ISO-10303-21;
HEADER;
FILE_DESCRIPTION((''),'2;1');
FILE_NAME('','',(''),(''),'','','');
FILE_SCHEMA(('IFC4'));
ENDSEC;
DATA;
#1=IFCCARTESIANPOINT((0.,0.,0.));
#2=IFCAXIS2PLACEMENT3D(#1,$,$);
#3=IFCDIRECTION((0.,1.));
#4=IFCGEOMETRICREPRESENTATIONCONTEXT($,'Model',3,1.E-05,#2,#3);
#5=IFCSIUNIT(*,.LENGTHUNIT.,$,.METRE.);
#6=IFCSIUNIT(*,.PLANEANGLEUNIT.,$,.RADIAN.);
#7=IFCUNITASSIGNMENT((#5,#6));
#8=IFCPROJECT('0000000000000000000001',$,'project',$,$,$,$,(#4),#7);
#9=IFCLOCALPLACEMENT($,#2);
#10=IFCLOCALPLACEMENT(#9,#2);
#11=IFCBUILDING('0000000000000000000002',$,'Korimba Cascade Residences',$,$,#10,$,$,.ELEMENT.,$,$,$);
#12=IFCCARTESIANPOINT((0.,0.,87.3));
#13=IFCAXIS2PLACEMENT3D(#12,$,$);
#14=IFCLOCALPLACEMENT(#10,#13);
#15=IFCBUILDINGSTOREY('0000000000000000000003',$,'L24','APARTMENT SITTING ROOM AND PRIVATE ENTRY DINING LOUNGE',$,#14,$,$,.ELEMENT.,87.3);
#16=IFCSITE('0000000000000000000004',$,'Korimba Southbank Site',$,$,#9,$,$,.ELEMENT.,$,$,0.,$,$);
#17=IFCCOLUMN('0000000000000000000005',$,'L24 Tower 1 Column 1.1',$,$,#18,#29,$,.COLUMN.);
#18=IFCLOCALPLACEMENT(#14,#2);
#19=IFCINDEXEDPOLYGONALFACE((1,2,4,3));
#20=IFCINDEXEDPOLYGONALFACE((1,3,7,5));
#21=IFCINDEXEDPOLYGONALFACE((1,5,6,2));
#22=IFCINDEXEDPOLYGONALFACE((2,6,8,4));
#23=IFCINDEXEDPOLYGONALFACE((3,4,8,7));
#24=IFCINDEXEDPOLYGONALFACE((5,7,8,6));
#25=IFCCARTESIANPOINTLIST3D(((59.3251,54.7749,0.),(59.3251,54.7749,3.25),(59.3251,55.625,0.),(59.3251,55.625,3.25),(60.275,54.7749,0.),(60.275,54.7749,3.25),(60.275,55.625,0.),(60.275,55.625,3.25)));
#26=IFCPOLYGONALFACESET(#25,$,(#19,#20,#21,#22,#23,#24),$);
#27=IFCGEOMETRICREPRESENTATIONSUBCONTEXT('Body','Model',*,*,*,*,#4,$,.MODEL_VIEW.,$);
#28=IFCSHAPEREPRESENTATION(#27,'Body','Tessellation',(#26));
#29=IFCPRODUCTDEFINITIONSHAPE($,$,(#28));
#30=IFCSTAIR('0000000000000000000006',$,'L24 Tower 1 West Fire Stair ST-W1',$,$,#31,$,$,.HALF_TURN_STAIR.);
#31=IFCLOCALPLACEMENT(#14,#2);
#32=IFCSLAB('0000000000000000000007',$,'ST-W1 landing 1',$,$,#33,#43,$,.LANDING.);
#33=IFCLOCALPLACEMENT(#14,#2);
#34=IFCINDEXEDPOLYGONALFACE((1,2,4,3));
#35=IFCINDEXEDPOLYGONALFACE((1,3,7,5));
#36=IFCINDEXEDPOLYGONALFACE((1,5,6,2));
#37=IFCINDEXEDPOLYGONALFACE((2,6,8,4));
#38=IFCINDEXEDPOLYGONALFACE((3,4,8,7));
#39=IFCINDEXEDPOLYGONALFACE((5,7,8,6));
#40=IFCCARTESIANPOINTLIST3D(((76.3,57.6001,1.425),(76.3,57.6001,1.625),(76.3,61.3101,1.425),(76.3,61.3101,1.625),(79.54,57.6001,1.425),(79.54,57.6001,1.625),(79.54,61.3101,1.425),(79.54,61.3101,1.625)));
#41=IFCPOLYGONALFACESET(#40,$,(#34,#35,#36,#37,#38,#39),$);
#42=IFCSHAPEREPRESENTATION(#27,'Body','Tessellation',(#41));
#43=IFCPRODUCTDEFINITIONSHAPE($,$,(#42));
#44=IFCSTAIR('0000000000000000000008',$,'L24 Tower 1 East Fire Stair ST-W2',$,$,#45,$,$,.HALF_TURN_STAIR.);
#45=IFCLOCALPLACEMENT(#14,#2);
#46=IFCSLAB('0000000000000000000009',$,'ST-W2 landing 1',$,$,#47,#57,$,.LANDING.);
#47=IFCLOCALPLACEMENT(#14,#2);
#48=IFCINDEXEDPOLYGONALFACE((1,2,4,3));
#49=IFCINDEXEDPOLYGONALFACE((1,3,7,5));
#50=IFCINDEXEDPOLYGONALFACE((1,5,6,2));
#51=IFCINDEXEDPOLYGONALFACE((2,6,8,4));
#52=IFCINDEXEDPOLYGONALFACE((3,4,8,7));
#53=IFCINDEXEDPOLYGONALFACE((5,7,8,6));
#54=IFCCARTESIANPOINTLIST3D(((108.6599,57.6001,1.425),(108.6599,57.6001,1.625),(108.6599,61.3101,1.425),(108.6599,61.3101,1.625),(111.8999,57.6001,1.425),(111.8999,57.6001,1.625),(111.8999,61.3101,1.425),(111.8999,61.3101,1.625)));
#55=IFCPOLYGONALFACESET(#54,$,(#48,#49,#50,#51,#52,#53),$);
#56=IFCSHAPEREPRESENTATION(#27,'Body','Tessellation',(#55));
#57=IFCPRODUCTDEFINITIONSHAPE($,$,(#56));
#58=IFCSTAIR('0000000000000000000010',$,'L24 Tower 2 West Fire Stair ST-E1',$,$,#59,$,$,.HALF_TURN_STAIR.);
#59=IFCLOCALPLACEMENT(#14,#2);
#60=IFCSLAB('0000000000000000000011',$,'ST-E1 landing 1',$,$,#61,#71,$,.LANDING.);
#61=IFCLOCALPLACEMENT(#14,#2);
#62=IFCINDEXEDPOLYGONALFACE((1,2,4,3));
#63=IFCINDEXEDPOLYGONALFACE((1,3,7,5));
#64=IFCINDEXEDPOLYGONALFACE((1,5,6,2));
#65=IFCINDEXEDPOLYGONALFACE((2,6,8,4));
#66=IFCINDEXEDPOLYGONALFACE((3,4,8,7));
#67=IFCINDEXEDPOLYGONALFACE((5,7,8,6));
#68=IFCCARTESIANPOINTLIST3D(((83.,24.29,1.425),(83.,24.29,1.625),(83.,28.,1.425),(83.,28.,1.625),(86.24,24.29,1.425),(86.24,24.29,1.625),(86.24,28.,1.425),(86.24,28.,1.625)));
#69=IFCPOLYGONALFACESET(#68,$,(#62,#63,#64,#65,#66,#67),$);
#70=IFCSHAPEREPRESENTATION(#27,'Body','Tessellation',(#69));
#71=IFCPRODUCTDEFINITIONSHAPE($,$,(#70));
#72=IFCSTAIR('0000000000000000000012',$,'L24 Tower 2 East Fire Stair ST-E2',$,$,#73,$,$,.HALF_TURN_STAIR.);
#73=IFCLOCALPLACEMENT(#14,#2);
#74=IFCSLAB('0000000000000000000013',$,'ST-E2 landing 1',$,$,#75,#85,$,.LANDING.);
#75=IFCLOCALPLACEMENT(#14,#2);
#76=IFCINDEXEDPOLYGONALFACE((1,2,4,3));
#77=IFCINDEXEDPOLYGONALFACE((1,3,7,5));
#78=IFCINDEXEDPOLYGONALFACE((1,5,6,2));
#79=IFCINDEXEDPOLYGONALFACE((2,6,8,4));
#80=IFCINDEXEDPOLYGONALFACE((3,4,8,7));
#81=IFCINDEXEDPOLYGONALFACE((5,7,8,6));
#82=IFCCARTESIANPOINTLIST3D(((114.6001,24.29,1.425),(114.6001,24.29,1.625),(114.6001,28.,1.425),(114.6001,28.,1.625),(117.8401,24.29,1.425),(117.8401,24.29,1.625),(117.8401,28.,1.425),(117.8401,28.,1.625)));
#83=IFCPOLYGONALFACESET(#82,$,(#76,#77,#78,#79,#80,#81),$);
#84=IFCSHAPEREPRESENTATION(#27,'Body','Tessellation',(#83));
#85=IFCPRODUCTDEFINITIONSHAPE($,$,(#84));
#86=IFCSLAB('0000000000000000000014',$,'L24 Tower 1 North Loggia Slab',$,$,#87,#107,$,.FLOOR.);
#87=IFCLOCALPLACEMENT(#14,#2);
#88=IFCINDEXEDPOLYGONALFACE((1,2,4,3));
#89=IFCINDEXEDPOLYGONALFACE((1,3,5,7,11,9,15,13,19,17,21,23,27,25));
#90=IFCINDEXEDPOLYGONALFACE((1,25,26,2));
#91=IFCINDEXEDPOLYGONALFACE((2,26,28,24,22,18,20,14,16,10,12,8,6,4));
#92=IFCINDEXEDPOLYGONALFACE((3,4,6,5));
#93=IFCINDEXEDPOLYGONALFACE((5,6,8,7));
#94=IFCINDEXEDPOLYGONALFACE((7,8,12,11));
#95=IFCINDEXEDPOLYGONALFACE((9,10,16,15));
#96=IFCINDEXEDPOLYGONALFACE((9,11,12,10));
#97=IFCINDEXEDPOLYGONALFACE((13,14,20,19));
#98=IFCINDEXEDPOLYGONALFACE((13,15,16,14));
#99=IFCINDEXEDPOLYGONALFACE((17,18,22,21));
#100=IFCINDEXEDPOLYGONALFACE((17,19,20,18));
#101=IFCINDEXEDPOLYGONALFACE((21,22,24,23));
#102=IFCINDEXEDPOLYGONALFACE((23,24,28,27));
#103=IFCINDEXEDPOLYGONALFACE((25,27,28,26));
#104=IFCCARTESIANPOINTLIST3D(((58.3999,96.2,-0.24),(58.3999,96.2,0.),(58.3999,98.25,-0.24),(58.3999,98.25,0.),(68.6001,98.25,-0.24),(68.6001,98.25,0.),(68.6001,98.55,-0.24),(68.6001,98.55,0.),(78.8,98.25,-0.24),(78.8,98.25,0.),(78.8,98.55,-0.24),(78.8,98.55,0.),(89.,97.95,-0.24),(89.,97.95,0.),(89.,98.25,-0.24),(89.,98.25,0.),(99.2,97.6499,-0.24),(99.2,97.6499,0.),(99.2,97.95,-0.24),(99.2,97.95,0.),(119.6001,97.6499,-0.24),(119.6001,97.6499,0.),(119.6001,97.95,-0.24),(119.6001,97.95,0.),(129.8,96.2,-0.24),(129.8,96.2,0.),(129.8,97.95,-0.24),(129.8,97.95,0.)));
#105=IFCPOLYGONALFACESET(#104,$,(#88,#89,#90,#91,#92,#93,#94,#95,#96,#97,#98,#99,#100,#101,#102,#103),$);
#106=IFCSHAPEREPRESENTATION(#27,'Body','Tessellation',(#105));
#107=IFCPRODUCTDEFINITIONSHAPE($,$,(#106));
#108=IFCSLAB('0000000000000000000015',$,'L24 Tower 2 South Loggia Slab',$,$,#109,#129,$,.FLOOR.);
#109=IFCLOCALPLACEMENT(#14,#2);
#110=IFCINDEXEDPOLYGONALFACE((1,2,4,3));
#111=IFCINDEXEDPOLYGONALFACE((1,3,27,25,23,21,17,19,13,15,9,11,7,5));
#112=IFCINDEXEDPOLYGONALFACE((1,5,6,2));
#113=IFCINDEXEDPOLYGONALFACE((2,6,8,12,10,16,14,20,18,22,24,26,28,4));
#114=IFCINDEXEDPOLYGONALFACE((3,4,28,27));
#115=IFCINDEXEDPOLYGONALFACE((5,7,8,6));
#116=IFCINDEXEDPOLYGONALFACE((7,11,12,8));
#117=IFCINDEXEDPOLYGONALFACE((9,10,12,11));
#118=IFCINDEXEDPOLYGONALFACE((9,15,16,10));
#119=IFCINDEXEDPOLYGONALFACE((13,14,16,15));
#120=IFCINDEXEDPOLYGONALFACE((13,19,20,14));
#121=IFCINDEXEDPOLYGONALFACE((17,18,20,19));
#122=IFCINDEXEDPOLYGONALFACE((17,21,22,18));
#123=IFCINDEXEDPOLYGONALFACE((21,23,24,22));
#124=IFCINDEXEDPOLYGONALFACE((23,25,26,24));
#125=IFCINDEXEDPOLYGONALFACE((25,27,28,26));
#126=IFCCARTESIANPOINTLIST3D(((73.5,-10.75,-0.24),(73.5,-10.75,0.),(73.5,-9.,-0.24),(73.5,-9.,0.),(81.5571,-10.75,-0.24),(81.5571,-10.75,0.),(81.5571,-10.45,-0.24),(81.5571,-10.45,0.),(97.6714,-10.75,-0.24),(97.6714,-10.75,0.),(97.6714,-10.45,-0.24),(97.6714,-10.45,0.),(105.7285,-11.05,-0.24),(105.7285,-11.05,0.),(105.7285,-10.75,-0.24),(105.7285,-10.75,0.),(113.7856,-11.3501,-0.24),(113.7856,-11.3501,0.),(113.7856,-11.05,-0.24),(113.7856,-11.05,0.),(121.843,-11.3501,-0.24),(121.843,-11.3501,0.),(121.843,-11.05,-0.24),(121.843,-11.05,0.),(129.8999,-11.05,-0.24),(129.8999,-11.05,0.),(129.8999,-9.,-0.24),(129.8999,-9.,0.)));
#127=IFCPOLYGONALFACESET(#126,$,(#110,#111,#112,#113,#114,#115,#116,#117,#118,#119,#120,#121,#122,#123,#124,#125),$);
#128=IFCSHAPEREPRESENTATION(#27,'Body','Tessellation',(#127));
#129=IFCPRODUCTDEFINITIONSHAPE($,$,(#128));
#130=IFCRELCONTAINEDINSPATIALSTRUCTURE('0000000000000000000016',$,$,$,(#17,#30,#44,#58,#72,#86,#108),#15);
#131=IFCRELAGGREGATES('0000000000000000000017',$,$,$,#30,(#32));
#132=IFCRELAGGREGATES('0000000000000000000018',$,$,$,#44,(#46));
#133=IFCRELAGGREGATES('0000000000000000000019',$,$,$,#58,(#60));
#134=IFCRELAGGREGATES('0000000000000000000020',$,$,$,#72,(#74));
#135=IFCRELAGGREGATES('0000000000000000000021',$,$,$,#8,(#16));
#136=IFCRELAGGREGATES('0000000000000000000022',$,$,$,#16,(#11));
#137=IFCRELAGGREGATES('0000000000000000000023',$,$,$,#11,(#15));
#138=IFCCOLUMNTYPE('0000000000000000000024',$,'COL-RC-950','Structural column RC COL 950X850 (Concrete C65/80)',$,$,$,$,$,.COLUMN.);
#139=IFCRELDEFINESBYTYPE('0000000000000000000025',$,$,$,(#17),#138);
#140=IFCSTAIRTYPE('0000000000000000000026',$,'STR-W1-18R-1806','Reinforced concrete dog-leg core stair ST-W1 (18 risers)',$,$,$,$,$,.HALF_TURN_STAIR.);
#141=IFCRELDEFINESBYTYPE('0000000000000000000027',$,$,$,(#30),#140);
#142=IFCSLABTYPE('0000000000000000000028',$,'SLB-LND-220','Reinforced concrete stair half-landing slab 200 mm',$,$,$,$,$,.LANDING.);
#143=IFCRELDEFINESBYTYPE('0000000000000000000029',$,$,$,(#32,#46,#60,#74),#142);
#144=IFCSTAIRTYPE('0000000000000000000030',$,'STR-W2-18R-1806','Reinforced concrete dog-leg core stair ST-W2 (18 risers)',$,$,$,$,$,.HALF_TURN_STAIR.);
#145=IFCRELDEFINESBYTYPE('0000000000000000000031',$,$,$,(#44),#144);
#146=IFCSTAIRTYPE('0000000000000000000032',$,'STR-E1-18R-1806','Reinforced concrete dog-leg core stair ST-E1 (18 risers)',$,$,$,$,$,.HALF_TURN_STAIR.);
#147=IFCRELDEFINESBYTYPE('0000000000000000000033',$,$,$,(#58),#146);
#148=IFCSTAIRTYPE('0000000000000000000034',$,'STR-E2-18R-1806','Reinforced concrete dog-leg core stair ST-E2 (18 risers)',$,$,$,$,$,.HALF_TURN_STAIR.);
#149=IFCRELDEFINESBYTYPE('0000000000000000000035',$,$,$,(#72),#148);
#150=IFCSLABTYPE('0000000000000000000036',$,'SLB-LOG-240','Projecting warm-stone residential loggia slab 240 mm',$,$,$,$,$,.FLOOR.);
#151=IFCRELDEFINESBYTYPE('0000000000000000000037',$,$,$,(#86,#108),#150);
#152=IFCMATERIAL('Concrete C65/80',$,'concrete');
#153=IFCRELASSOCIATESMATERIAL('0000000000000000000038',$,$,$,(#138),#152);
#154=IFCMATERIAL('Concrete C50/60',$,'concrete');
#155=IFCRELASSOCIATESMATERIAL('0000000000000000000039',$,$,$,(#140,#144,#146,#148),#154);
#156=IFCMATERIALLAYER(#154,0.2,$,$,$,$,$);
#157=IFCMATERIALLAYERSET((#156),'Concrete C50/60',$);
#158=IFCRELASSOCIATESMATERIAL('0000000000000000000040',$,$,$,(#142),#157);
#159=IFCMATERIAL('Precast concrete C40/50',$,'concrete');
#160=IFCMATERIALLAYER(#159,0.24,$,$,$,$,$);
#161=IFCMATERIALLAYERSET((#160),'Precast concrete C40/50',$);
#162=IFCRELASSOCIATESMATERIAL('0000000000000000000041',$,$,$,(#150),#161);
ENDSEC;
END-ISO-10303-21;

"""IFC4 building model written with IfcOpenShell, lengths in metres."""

from ifc_helpers import new_model, si_unit, direction, frame, origin, origin_2d, place, context, subcontext, project, spatial, polyline, rectangle, outline, extrude, material, layer, layer_set, material_profile, profile_set, type_object, element, aggregate, save


model = new_model("IFC4")

# Units and contexts
model_context = context("Model", 3, precision=1e-05, world=origin(), true_north=direction((0.0, 1.0)))
body_context = subcontext(model_context, "Body", "Model", "MODEL_VIEW")
ifc_project = project(units=[si_unit("LENGTHUNIT", "METRE"), si_unit("PLANEANGLEUNIT", "RADIAN")], contexts=[model_context])

# Site, building, storey
site_placement = place(None, origin())
site = spatial("IfcSite", under=ifc_project, at=site_placement, Name="Korimba Southbank Site", CompositionType="ELEMENT", RefElevation=0.0)
building_placement = place(site_placement, origin())
building = spatial("IfcBuilding", under=site, at=building_placement, Name="Korimba Cascade Residences", CompositionType="ELEMENT")
storey_placement = place(building_placement, frame((0.0, 0.0, 87.3)))
storey = spatial("IfcBuildingStorey", under=building, at=storey_placement, Name="L24", Description="APARTMENT SITTING ROOM AND PRIVATE ENTRY DINING LOUNGE", CompositionType="ELEMENT", Elevation=87.3)

# Column
ifc_material_1 = material(Name="Concrete C65/80", Category="concrete")
ifc_material_profile = material_profile(ifc_material_1, rectangle(XDim=0.95, YDim=0.8501, at=origin_2d()), Name="Concrete C65/80")
ifc_profile_set = profile_set([ifc_material_profile], Name="Concrete C65/80")
column_type = type_object("IfcColumnType", Name="COL-RC-950", Description="Structural column RC COL 950X850 (Concrete C65/80)", PredefinedType="COLUMN", material=ifc_profile_set)
column_placement = place(storey_placement, frame((59.8, 55.2, 0.0), z_axis=(0.0, 0.0, 1.0), x_axis=(1.0, 0.0, 0.0)))
element("IfcColumn", 1, at=column_placement, inside=storey, type_object=column_type, Name="L24 Tower 1 Column 1.1", PredefinedType="COLUMN", context=body_context, shape_type="SweptSolid", body=[
    extrude(rectangle(XDim=0.95, YDim=0.8501, at=origin_2d()), origin(), (0.0, 0.0, 1.0), 3.25),
])

# Stairs, slabs
ifc_material_2 = material(Name="Concrete C50/60", Category="concrete")
stair_type_1 = type_object("IfcStairType", Name="STR-W1-18R-1806", Description="Reinforced concrete dog-leg core stair ST-W1 (18 risers)", PredefinedType="HALF_TURN_STAIR", material=ifc_material_2)
stair_1_placement = place(storey_placement, origin())
stair_1 = element("IfcStair", 2, at=stair_1_placement, inside=storey, type_object=stair_type_1, Name="L24 Tower 1 West Fire Stair ST-W1", PredefinedType="HALF_TURN_STAIR")
ifc_layer_1 = layer(ifc_material_2, 0.2)
ifc_layer_set_1 = layer_set([ifc_layer_1], Name="Concrete C50/60")
slab_type_1 = type_object("IfcSlabType", Name="SLB-LND-220", Description="Reinforced concrete stair half-landing slab 200 mm", PredefinedType="LANDING", material=ifc_layer_set_1)
slab_1_placement = place(storey_placement, frame((0.0, 0.0, 1.425)))
slab_1 = element("IfcSlab", 3, at=slab_1_placement, type_object=slab_type_1, Name="ST-W1 landing 1", PredefinedType="LANDING", context=body_context, shape_type="SweptSolid", body=[
    extrude(outline(polyline([(76.3, 61.3101), (76.3, 57.6001), (79.54, 57.6001), (79.54, 61.3101), (76.3, 61.3101)])), origin(), (0.0, 0.0, 1.0), 0.2),
])
aggregate(stair_1, [slab_1])
stair_type_2 = type_object("IfcStairType", Name="STR-W2-18R-1806", Description="Reinforced concrete dog-leg core stair ST-W2 (18 risers)", PredefinedType="HALF_TURN_STAIR", material=ifc_material_2)
stair_2_placement = place(storey_placement, origin())
stair_2 = element("IfcStair", 4, at=stair_2_placement, inside=storey, type_object=stair_type_2, Name="L24 Tower 1 East Fire Stair ST-W2", PredefinedType="HALF_TURN_STAIR")
slab_2_placement = place(storey_placement, frame((0.0, 0.0, 1.425)))
slab_2 = element("IfcSlab", 5, at=slab_2_placement, type_object=slab_type_1, Name="ST-W2 landing 1", PredefinedType="LANDING", context=body_context, shape_type="SweptSolid", body=[
    extrude(outline(polyline([(108.6599, 61.3101), (108.6599, 57.6001), (111.8999, 57.6001), (111.8999, 61.3101), (108.6599, 61.3101)])), origin(), (0.0, 0.0, 1.0), 0.2),
])
aggregate(stair_2, [slab_2])
stair_type_3 = type_object("IfcStairType", Name="STR-E1-18R-1806", Description="Reinforced concrete dog-leg core stair ST-E1 (18 risers)", PredefinedType="HALF_TURN_STAIR", material=ifc_material_2)
stair_3_placement = place(storey_placement, origin())
stair_3 = element("IfcStair", 6, at=stair_3_placement, inside=storey, type_object=stair_type_3, Name="L24 Tower 2 West Fire Stair ST-E1", PredefinedType="HALF_TURN_STAIR")
slab_3_placement = place(storey_placement, frame((0.0, 0.0, 1.425)))
slab_3 = element("IfcSlab", 7, at=slab_3_placement, type_object=slab_type_1, Name="ST-E1 landing 1", PredefinedType="LANDING", context=body_context, shape_type="SweptSolid", body=[
    extrude(outline(polyline([(86.24, 24.29), (86.24, 28.0), (83.0, 28.0), (83.0, 24.29), (86.24, 24.29)])), origin(), (0.0, 0.0, 1.0), 0.2),
])
aggregate(stair_3, [slab_3])
stair_type_4 = type_object("IfcStairType", Name="STR-E2-18R-1806", Description="Reinforced concrete dog-leg core stair ST-E2 (18 risers)", PredefinedType="HALF_TURN_STAIR", material=ifc_material_2)
stair_4_placement = place(storey_placement, origin())
stair_4 = element("IfcStair", 8, at=stair_4_placement, inside=storey, type_object=stair_type_4, Name="L24 Tower 2 East Fire Stair ST-E2", PredefinedType="HALF_TURN_STAIR")
slab_4_placement = place(storey_placement, frame((0.0, 0.0, 1.425)))
slab_4 = element("IfcSlab", 9, at=slab_4_placement, type_object=slab_type_1, Name="ST-E2 landing 1", PredefinedType="LANDING", context=body_context, shape_type="SweptSolid", body=[
    extrude(outline(polyline([(117.8401, 24.29), (117.8401, 28.0), (114.6001, 28.0), (114.6001, 24.29), (117.8401, 24.29)])), origin(), (0.0, 0.0, 1.0), 0.2),
])
aggregate(stair_4, [slab_4])

# Slabs
ifc_material_3 = material(Name="Precast concrete C40/50", Category="concrete")
ifc_layer_2 = layer(ifc_material_3, 0.24)
ifc_layer_set_2 = layer_set([ifc_layer_2], Name="Precast concrete C40/50")
slab_type_2 = type_object("IfcSlabType", Name="SLB-LOG-240", Description="Projecting warm-stone residential loggia slab 240 mm", PredefinedType="FLOOR", material=ifc_layer_set_2)
slab_5_placement = place(storey_placement, frame((0.0, 0.0, -0.24)))
element("IfcSlab", 10, at=slab_5_placement, inside=storey, type_object=slab_type_2, Name="L24 Tower 1 North Loggia Slab", PredefinedType="FLOOR", context=body_context, shape_type="SweptSolid", body=[
    extrude(outline(polyline([(58.3999, 96.2), (129.8, 96.2), (129.8, 97.95), (119.6001, 97.95), (119.6001, 97.6499), (99.2, 97.6499), (99.2, 97.95), (89.0, 97.95), (89.0, 98.25), (78.8, 98.25), (78.8, 98.55), (68.6001, 98.55), (68.6001, 98.25), (58.3999, 98.25), (58.3999, 96.2)])), origin(), (0.0, 0.0, 1.0), 0.24),
])
slab_6_placement = place(storey_placement, frame((0.0, 0.0, -0.24)))
element("IfcSlab", 11, at=slab_6_placement, inside=storey, type_object=slab_type_2, Name="L24 Tower 2 South Loggia Slab", PredefinedType="FLOOR", context=body_context, shape_type="SweptSolid", body=[
    extrude(outline(polyline([(73.5, -10.75), (81.5571, -10.75), (81.5571, -10.45), (97.6714, -10.45), (97.6714, -10.75), (105.7285, -10.75), (105.7285, -11.05), (113.7856, -11.05), (113.7856, -11.3501), (121.843, -11.3501), (121.843, -11.05), (129.8999, -11.05), (129.8999, -9.0), (73.5, -9.0), (73.5, -10.75)])), origin(), (0.0, 0.0, 1.0), 0.24),
])

save(model, "model.ifc")
